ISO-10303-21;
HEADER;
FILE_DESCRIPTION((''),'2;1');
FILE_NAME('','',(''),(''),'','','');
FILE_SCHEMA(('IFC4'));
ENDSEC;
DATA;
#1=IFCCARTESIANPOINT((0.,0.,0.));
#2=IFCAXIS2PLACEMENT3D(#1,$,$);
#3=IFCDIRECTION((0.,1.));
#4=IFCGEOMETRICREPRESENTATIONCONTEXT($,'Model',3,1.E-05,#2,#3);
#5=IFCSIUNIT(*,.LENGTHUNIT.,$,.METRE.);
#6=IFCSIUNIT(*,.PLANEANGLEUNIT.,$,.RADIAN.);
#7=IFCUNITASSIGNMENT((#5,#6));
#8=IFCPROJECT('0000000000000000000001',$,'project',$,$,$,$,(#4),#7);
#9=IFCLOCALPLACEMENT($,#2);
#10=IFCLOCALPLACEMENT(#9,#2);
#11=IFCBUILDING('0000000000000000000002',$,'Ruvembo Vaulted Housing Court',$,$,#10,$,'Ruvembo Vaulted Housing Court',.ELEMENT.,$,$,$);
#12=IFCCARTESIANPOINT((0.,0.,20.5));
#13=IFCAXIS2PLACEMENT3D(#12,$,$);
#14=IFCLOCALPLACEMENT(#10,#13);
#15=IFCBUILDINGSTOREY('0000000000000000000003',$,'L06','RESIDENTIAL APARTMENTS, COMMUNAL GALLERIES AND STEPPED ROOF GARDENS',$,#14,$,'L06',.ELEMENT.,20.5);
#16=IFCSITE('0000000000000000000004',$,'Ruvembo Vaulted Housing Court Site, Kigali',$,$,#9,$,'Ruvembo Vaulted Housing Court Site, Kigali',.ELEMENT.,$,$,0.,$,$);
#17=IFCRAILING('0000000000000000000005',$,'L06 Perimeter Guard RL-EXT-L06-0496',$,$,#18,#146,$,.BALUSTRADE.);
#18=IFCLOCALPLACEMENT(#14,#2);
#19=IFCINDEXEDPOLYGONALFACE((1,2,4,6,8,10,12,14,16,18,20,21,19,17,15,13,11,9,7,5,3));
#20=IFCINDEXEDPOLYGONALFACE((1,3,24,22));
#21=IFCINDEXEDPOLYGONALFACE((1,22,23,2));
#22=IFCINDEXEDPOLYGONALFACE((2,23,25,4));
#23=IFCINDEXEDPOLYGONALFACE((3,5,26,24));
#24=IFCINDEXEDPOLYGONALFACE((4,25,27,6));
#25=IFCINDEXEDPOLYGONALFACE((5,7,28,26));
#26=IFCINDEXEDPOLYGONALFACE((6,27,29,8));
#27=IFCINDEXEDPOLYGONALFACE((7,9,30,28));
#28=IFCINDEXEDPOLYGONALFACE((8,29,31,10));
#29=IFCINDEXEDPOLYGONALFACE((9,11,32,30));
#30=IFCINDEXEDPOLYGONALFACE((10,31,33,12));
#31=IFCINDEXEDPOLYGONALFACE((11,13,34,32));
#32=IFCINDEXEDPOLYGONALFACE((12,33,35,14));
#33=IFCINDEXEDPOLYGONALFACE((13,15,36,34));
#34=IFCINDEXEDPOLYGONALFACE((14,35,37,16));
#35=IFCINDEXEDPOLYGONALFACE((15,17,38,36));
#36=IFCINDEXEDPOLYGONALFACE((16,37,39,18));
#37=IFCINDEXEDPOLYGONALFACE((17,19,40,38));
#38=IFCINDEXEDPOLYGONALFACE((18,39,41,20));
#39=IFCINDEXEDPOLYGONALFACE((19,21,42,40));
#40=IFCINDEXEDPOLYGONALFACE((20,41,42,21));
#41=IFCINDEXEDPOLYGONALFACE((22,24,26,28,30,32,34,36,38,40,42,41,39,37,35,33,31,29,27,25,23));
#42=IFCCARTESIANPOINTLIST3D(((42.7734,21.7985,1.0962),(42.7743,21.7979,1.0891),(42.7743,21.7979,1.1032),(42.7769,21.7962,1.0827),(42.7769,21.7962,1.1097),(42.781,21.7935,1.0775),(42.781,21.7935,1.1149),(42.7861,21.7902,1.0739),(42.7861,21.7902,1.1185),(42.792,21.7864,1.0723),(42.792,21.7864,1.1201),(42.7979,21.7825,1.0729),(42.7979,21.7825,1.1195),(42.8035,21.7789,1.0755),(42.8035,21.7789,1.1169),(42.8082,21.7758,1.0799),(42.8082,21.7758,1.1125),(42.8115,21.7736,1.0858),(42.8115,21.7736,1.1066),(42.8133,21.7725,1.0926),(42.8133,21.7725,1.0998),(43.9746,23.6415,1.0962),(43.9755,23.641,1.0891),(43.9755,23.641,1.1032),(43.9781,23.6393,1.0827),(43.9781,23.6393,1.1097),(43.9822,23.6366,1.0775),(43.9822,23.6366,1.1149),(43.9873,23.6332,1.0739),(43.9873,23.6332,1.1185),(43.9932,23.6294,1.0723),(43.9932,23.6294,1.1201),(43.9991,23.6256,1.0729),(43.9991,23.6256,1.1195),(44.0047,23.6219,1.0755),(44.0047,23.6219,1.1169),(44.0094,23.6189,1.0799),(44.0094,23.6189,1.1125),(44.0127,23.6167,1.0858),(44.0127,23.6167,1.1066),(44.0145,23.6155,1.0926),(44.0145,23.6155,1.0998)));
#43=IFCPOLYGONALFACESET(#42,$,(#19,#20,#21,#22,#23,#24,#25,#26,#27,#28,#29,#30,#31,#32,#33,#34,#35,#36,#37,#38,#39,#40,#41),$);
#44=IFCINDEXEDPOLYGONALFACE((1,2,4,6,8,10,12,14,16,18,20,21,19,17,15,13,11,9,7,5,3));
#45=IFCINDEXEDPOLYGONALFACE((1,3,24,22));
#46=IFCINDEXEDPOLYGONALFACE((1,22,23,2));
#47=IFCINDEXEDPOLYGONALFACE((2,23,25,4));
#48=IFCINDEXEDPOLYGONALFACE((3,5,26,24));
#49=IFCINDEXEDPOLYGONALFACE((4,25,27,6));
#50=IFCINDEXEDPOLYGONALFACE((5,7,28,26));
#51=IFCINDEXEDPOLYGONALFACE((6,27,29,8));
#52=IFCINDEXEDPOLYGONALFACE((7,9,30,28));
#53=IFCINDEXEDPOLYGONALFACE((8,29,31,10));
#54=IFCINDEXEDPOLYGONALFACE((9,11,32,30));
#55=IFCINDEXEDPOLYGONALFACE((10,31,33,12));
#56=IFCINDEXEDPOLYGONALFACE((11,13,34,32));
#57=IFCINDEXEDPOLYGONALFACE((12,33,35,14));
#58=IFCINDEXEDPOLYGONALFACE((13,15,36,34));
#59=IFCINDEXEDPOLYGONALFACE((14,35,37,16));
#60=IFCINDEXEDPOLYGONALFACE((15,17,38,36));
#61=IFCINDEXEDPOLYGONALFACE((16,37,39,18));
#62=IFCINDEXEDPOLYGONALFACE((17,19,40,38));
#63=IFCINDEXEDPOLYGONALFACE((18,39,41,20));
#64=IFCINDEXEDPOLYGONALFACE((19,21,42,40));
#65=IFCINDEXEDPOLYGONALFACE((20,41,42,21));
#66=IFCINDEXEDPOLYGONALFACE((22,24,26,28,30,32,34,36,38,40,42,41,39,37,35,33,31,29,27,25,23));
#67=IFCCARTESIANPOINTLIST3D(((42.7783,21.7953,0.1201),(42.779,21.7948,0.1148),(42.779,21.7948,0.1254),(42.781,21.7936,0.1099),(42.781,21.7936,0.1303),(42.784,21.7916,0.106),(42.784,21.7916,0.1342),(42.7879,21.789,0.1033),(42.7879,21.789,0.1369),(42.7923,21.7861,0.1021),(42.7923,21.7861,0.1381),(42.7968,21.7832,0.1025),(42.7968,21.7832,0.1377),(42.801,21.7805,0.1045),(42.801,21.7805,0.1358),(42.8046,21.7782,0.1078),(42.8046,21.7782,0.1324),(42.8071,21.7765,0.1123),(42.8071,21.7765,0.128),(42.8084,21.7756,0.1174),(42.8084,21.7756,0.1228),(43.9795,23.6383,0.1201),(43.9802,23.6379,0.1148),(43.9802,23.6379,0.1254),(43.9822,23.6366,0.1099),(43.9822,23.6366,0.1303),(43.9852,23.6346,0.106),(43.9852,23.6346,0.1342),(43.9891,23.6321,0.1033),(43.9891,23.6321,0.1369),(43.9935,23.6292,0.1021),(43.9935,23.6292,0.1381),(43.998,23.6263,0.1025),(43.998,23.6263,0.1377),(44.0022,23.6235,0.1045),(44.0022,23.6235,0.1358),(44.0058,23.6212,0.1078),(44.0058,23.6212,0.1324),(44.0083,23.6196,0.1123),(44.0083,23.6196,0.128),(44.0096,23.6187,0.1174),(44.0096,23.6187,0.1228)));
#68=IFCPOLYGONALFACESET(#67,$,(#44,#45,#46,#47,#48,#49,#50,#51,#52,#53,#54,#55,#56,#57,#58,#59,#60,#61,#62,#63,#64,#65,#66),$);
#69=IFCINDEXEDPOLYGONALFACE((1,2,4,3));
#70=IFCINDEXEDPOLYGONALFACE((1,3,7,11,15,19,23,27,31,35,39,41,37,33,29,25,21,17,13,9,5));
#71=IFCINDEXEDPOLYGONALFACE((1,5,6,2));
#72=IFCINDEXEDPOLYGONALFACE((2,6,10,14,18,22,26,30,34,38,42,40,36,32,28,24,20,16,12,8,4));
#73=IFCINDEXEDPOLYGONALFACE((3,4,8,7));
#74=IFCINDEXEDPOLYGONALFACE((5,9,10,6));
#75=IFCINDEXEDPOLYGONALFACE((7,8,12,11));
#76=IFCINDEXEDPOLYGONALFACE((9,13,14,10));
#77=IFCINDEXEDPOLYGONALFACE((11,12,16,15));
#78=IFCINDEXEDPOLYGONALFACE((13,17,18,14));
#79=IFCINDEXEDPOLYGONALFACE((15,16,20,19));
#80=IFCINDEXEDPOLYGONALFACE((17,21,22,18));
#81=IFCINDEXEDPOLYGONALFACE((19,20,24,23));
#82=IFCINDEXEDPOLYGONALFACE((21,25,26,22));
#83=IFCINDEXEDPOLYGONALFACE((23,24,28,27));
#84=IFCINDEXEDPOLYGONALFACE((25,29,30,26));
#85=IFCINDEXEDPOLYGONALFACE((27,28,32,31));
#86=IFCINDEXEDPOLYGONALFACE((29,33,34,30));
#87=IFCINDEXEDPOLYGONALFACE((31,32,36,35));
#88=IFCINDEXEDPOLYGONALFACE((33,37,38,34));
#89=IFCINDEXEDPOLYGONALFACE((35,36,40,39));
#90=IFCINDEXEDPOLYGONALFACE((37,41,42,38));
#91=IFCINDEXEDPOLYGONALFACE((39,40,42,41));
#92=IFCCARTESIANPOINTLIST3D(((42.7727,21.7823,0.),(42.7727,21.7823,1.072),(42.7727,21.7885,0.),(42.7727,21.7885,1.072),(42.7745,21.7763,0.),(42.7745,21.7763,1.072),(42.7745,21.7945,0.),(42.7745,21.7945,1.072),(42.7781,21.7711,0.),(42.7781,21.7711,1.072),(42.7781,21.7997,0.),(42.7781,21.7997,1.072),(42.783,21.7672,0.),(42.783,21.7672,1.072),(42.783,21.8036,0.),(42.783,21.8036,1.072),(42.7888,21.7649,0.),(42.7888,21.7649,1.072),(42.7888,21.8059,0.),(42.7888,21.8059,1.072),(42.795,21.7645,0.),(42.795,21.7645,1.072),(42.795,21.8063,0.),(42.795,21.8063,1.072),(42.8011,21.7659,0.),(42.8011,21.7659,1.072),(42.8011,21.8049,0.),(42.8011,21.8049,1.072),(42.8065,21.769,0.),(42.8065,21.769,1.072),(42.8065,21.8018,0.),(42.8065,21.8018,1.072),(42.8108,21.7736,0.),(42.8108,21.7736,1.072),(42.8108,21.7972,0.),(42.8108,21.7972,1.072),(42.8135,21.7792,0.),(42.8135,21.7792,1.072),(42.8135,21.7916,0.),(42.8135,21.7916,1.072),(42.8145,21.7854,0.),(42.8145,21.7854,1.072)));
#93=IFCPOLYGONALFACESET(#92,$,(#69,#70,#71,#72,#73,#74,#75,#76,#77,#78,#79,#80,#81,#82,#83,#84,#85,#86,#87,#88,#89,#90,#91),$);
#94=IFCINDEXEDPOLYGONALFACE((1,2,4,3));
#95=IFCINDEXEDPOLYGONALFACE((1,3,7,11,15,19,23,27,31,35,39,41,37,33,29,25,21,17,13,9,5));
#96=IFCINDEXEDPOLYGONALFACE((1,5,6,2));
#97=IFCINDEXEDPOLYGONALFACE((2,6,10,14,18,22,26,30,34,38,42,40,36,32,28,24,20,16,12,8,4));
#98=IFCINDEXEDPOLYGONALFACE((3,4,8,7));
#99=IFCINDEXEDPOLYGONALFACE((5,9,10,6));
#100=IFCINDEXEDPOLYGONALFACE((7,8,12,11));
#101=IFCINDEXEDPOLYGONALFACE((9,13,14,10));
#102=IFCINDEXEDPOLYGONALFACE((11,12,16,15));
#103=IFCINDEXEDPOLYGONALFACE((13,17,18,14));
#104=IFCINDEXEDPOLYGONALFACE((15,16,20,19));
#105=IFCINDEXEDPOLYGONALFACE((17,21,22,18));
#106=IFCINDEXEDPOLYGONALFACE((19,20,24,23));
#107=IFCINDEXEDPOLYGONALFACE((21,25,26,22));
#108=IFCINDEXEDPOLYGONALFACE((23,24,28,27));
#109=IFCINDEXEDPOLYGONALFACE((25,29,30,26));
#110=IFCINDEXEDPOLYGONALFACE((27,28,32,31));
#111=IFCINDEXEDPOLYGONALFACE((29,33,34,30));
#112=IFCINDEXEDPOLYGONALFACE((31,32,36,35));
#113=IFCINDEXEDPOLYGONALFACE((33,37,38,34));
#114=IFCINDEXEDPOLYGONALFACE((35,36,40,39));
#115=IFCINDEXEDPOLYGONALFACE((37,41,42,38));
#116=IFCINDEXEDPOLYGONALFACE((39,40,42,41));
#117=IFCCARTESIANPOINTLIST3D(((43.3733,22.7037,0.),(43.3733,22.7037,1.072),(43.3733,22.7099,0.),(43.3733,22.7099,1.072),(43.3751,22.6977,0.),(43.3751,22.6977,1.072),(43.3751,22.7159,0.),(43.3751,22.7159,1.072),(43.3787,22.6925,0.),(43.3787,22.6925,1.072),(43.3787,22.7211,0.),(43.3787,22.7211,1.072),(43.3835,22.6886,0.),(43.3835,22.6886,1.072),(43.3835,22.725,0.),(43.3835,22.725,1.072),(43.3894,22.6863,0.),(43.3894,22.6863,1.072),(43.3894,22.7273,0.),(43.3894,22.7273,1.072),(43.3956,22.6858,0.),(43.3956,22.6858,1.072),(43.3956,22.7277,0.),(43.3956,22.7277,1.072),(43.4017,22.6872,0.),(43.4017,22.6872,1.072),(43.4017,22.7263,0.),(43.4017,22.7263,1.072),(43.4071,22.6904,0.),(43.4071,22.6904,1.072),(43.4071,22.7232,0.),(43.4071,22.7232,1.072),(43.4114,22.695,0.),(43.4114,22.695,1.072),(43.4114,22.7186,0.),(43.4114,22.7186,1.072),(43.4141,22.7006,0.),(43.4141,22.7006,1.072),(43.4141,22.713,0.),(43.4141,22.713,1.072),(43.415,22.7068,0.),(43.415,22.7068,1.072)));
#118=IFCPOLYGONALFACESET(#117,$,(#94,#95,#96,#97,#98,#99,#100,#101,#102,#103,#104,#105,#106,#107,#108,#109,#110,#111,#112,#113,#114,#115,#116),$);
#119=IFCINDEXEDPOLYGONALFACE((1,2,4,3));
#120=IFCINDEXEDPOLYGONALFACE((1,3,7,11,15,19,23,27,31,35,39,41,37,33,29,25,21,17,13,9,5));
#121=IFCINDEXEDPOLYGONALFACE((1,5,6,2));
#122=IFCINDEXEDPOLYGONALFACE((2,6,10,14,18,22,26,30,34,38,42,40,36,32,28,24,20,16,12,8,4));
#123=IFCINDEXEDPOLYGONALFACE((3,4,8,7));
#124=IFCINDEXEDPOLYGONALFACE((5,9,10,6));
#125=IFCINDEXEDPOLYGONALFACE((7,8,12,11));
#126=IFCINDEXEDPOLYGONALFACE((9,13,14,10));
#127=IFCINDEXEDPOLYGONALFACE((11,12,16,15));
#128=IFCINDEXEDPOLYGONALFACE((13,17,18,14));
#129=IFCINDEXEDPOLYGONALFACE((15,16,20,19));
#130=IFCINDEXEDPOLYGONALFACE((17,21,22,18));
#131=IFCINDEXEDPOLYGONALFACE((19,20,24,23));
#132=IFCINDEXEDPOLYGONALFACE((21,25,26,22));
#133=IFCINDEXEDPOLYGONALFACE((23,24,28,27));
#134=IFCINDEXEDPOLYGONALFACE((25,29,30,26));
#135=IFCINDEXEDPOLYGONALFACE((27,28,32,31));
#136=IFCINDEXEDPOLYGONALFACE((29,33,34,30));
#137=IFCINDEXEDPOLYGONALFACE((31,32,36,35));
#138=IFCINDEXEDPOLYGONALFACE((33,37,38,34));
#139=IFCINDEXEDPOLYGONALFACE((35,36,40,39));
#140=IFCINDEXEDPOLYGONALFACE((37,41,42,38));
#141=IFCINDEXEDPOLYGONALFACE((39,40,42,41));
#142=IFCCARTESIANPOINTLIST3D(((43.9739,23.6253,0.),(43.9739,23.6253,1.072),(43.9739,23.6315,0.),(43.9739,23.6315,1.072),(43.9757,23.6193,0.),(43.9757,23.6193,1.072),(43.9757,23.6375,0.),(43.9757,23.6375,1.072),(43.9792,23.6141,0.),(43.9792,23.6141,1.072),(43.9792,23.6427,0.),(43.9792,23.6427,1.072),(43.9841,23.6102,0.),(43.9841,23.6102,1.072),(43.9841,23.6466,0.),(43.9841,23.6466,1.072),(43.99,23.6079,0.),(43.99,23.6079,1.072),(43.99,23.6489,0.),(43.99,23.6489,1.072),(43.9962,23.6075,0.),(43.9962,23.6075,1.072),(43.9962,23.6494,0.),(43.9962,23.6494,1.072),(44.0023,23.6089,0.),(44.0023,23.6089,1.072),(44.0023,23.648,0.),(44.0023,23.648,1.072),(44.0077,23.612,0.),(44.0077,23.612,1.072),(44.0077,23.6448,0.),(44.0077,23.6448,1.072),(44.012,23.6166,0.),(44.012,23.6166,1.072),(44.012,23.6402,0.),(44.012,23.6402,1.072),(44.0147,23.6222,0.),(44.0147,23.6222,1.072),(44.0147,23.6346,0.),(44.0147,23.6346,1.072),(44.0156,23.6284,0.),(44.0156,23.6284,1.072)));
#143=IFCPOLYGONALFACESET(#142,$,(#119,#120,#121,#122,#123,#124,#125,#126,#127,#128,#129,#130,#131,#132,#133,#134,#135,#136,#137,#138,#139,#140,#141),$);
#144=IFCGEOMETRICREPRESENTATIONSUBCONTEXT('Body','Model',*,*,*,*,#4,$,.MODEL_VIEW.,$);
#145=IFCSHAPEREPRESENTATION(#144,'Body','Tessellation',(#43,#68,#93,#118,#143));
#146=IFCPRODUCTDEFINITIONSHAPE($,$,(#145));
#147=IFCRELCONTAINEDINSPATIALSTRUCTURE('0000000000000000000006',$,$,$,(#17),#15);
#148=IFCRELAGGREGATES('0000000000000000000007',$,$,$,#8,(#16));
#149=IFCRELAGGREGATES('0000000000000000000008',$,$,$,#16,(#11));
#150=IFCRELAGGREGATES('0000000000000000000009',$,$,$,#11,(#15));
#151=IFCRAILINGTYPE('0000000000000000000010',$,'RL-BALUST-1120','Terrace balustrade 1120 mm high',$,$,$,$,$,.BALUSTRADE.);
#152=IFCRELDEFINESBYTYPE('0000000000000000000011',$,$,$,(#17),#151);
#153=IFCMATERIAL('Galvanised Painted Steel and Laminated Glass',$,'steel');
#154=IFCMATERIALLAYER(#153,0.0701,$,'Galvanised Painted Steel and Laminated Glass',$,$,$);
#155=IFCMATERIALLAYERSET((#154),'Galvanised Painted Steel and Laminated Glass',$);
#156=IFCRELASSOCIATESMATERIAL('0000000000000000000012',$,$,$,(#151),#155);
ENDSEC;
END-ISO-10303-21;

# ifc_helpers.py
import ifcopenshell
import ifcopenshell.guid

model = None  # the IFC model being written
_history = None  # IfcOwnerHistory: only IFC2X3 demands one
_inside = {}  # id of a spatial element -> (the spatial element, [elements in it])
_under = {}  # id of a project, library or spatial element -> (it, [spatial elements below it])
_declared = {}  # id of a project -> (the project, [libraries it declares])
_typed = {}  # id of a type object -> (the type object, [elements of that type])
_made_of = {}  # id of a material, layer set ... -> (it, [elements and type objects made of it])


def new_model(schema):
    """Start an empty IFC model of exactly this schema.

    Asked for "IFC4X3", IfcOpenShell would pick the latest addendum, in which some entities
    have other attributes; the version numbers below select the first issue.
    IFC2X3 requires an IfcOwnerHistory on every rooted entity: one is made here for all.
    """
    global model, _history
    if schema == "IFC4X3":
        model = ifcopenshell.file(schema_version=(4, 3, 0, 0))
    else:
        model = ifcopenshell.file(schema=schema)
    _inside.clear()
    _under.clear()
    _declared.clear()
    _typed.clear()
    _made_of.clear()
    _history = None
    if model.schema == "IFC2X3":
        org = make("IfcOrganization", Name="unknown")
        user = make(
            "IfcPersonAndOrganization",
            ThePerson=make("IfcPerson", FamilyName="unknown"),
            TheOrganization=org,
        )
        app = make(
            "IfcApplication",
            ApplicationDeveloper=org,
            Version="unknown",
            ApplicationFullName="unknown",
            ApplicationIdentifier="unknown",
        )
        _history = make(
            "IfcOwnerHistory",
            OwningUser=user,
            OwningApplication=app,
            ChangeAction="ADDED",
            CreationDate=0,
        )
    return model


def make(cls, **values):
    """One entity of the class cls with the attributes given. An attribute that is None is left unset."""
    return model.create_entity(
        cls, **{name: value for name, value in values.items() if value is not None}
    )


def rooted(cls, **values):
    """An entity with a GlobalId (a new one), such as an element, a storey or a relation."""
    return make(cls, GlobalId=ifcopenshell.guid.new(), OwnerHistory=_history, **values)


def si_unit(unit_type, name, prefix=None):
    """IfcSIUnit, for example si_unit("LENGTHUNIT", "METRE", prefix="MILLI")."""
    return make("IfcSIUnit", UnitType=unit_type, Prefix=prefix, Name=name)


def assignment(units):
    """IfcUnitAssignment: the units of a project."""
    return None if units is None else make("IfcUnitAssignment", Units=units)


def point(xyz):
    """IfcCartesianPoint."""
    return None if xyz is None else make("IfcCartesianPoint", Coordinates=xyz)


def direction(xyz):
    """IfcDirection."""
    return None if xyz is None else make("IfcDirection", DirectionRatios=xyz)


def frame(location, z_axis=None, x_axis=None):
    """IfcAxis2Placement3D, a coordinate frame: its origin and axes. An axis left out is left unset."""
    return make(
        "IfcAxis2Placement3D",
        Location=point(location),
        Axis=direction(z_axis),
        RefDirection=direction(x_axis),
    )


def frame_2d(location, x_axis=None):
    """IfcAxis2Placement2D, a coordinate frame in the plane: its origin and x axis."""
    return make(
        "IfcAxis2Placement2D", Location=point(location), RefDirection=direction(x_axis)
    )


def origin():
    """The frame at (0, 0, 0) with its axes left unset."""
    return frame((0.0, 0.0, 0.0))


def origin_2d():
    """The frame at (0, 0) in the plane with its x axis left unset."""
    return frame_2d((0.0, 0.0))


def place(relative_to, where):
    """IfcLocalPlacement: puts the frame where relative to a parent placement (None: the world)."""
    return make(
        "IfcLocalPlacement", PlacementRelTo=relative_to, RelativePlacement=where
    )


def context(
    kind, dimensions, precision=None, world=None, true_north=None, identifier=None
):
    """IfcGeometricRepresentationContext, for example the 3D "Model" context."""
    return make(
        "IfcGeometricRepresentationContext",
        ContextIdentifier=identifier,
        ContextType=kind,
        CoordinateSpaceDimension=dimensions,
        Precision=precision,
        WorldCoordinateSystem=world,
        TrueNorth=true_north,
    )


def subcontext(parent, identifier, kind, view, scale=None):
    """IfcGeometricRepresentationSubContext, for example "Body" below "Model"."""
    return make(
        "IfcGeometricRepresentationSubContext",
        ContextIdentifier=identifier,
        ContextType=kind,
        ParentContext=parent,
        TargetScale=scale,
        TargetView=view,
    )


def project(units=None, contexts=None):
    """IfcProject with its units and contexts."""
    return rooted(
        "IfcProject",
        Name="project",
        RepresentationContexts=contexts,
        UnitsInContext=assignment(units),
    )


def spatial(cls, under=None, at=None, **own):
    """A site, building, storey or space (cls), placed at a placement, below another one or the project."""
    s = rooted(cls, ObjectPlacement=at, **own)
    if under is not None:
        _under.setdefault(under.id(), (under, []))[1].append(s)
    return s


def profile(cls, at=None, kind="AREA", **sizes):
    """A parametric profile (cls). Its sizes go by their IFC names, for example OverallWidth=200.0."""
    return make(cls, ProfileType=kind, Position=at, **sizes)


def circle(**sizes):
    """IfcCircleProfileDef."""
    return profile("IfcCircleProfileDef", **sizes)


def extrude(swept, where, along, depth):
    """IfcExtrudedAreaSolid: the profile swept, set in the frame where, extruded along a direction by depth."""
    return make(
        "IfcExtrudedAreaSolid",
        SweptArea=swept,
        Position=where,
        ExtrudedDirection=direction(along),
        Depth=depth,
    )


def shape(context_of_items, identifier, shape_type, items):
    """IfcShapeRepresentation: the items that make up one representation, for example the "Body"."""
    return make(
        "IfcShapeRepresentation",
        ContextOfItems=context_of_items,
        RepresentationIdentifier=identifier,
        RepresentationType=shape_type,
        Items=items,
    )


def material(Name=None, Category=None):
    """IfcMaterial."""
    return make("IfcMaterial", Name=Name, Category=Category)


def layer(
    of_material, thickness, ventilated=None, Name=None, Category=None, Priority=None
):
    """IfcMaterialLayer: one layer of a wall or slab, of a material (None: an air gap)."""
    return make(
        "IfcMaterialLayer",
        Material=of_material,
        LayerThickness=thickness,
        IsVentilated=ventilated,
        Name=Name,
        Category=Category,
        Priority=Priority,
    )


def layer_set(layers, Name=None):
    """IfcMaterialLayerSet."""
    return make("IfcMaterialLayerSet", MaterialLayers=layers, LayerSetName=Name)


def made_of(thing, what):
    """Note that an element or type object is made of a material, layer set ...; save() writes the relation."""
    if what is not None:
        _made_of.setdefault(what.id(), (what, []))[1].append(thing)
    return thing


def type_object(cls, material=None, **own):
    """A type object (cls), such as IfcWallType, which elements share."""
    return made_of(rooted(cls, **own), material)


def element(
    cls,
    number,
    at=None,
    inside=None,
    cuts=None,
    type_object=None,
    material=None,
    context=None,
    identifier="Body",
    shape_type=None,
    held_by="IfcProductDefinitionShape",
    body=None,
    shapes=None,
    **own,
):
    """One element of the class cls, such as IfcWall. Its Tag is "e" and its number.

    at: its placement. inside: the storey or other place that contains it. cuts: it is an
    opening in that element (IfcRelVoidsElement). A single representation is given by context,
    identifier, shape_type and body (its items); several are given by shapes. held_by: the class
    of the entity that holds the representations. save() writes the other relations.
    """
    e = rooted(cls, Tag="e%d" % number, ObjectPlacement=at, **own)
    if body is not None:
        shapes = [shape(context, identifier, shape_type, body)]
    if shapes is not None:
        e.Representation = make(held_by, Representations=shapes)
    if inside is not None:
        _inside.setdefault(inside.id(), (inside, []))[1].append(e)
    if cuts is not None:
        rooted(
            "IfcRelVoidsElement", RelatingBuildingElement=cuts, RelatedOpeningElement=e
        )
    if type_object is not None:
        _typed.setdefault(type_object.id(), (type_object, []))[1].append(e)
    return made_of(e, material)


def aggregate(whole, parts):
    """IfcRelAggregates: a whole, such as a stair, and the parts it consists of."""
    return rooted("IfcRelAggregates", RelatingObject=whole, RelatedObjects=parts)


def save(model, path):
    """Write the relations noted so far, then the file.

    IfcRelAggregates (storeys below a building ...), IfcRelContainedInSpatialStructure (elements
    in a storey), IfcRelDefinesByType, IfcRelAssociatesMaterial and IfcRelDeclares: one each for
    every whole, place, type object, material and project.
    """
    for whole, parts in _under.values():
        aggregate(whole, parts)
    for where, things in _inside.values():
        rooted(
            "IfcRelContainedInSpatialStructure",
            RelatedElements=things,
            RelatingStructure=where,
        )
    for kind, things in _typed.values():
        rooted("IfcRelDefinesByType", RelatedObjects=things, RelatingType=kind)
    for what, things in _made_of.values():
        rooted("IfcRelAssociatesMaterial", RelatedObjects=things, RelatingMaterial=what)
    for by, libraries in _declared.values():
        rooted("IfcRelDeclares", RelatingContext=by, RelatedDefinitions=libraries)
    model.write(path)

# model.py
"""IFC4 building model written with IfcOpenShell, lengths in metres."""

from ifc_helpers import new_model, si_unit, direction, frame, origin, origin_2d, place, context, subcontext, project, spatial, circle, extrude, material, layer, layer_set, type_object, element, save


model = new_model("IFC4")

# Units and contexts
model_context = context("Model", 3, precision=1e-05, world=origin(), true_north=direction((0.0, 1.0)))
body_context = subcontext(model_context, "Body", "Model", "MODEL_VIEW")
ifc_project = project(units=[si_unit("LENGTHUNIT", "METRE"), si_unit("PLANEANGLEUNIT", "RADIAN")], contexts=[model_context])

# Site, building, storey
site_placement = place(None, origin())
site = spatial("IfcSite", under=ifc_project, at=site_placement, Name="Ruvembo Vaulted Housing Court Site, Kigali", LongName="Ruvembo Vaulted Housing Court Site, Kigali", CompositionType="ELEMENT", RefElevation=0.0)
building_placement = place(site_placement, origin())
building = spatial("IfcBuilding", under=site, at=building_placement, Name="Ruvembo Vaulted Housing Court", LongName="Ruvembo Vaulted Housing Court", CompositionType="ELEMENT")
storey_placement = place(building_placement, frame((0.0, 0.0, 20.5)))
storey = spatial("IfcBuildingStorey", under=building, at=storey_placement, Name="L06", Description="RESIDENTIAL APARTMENTS, COMMUNAL GALLERIES AND STEPPED ROOF GARDENS", LongName="L06", CompositionType="ELEMENT", Elevation=20.5)

# Railing
ifc_material_1 = material(Name="Galvanised Painted Steel and Laminated Glass", Category="steel")
ifc_layer_1 = layer(ifc_material_1, 0.0701, Name="Galvanised Painted Steel and Laminated Glass")
ifc_layer_set_1 = layer_set([ifc_layer_1], Name="Galvanised Painted Steel and Laminated Glass")
railing_type = type_object("IfcRailingType", Name="RL-BALUST-1120", Description="Terrace balustrade 1120 mm high", PredefinedType="BALUSTRADE", material=ifc_layer_set_1)
railing_1_placement = place(storey_placement, frame((42.7935, 21.7854, 0.0)))
element("IfcRailing", 1, at=railing_1_placement, inside=storey, type_object=railing_type, Name="L06 Perimeter Guard RL-EXT-L06-0496", PredefinedType="BALUSTRADE", context=body_context, shape_type="SweptSolid", body=[
    extrude(circle(Radius=0.0239, at=origin_2d()), frame((0.0, 0.0, 1.0962), z_axis=(0.546014, 0.837776, 0.0), x_axis=(-0.837776, 0.546014, 0.0)), (0.0, 0.0, 1.0), 2.2),
    extrude(circle(Radius=0.0181, at=origin_2d()), frame((0.0, 0.0, 0.1201), z_axis=(0.546014, 0.837776, 0.0), x_axis=(-0.837776, 0.546014, 0.0)), (0.0, 0.0, 1.0), 2.2),
    extrude(circle(Radius=0.021, at=origin_2d()), origin(), (0.0, 0.0, 1.0), 1.072),
    extrude(circle(Radius=0.021, at=origin_2d()), frame((0.6006, 0.9214, 0.0)), (0.0, 0.0, 1.0), 1.072),
    extrude(circle(Radius=0.021, at=origin_2d()), frame((1.2012, 1.843, 0.0)), (0.0, 0.0, 1.0), 1.072),
])

save(model, "model.ifc")
